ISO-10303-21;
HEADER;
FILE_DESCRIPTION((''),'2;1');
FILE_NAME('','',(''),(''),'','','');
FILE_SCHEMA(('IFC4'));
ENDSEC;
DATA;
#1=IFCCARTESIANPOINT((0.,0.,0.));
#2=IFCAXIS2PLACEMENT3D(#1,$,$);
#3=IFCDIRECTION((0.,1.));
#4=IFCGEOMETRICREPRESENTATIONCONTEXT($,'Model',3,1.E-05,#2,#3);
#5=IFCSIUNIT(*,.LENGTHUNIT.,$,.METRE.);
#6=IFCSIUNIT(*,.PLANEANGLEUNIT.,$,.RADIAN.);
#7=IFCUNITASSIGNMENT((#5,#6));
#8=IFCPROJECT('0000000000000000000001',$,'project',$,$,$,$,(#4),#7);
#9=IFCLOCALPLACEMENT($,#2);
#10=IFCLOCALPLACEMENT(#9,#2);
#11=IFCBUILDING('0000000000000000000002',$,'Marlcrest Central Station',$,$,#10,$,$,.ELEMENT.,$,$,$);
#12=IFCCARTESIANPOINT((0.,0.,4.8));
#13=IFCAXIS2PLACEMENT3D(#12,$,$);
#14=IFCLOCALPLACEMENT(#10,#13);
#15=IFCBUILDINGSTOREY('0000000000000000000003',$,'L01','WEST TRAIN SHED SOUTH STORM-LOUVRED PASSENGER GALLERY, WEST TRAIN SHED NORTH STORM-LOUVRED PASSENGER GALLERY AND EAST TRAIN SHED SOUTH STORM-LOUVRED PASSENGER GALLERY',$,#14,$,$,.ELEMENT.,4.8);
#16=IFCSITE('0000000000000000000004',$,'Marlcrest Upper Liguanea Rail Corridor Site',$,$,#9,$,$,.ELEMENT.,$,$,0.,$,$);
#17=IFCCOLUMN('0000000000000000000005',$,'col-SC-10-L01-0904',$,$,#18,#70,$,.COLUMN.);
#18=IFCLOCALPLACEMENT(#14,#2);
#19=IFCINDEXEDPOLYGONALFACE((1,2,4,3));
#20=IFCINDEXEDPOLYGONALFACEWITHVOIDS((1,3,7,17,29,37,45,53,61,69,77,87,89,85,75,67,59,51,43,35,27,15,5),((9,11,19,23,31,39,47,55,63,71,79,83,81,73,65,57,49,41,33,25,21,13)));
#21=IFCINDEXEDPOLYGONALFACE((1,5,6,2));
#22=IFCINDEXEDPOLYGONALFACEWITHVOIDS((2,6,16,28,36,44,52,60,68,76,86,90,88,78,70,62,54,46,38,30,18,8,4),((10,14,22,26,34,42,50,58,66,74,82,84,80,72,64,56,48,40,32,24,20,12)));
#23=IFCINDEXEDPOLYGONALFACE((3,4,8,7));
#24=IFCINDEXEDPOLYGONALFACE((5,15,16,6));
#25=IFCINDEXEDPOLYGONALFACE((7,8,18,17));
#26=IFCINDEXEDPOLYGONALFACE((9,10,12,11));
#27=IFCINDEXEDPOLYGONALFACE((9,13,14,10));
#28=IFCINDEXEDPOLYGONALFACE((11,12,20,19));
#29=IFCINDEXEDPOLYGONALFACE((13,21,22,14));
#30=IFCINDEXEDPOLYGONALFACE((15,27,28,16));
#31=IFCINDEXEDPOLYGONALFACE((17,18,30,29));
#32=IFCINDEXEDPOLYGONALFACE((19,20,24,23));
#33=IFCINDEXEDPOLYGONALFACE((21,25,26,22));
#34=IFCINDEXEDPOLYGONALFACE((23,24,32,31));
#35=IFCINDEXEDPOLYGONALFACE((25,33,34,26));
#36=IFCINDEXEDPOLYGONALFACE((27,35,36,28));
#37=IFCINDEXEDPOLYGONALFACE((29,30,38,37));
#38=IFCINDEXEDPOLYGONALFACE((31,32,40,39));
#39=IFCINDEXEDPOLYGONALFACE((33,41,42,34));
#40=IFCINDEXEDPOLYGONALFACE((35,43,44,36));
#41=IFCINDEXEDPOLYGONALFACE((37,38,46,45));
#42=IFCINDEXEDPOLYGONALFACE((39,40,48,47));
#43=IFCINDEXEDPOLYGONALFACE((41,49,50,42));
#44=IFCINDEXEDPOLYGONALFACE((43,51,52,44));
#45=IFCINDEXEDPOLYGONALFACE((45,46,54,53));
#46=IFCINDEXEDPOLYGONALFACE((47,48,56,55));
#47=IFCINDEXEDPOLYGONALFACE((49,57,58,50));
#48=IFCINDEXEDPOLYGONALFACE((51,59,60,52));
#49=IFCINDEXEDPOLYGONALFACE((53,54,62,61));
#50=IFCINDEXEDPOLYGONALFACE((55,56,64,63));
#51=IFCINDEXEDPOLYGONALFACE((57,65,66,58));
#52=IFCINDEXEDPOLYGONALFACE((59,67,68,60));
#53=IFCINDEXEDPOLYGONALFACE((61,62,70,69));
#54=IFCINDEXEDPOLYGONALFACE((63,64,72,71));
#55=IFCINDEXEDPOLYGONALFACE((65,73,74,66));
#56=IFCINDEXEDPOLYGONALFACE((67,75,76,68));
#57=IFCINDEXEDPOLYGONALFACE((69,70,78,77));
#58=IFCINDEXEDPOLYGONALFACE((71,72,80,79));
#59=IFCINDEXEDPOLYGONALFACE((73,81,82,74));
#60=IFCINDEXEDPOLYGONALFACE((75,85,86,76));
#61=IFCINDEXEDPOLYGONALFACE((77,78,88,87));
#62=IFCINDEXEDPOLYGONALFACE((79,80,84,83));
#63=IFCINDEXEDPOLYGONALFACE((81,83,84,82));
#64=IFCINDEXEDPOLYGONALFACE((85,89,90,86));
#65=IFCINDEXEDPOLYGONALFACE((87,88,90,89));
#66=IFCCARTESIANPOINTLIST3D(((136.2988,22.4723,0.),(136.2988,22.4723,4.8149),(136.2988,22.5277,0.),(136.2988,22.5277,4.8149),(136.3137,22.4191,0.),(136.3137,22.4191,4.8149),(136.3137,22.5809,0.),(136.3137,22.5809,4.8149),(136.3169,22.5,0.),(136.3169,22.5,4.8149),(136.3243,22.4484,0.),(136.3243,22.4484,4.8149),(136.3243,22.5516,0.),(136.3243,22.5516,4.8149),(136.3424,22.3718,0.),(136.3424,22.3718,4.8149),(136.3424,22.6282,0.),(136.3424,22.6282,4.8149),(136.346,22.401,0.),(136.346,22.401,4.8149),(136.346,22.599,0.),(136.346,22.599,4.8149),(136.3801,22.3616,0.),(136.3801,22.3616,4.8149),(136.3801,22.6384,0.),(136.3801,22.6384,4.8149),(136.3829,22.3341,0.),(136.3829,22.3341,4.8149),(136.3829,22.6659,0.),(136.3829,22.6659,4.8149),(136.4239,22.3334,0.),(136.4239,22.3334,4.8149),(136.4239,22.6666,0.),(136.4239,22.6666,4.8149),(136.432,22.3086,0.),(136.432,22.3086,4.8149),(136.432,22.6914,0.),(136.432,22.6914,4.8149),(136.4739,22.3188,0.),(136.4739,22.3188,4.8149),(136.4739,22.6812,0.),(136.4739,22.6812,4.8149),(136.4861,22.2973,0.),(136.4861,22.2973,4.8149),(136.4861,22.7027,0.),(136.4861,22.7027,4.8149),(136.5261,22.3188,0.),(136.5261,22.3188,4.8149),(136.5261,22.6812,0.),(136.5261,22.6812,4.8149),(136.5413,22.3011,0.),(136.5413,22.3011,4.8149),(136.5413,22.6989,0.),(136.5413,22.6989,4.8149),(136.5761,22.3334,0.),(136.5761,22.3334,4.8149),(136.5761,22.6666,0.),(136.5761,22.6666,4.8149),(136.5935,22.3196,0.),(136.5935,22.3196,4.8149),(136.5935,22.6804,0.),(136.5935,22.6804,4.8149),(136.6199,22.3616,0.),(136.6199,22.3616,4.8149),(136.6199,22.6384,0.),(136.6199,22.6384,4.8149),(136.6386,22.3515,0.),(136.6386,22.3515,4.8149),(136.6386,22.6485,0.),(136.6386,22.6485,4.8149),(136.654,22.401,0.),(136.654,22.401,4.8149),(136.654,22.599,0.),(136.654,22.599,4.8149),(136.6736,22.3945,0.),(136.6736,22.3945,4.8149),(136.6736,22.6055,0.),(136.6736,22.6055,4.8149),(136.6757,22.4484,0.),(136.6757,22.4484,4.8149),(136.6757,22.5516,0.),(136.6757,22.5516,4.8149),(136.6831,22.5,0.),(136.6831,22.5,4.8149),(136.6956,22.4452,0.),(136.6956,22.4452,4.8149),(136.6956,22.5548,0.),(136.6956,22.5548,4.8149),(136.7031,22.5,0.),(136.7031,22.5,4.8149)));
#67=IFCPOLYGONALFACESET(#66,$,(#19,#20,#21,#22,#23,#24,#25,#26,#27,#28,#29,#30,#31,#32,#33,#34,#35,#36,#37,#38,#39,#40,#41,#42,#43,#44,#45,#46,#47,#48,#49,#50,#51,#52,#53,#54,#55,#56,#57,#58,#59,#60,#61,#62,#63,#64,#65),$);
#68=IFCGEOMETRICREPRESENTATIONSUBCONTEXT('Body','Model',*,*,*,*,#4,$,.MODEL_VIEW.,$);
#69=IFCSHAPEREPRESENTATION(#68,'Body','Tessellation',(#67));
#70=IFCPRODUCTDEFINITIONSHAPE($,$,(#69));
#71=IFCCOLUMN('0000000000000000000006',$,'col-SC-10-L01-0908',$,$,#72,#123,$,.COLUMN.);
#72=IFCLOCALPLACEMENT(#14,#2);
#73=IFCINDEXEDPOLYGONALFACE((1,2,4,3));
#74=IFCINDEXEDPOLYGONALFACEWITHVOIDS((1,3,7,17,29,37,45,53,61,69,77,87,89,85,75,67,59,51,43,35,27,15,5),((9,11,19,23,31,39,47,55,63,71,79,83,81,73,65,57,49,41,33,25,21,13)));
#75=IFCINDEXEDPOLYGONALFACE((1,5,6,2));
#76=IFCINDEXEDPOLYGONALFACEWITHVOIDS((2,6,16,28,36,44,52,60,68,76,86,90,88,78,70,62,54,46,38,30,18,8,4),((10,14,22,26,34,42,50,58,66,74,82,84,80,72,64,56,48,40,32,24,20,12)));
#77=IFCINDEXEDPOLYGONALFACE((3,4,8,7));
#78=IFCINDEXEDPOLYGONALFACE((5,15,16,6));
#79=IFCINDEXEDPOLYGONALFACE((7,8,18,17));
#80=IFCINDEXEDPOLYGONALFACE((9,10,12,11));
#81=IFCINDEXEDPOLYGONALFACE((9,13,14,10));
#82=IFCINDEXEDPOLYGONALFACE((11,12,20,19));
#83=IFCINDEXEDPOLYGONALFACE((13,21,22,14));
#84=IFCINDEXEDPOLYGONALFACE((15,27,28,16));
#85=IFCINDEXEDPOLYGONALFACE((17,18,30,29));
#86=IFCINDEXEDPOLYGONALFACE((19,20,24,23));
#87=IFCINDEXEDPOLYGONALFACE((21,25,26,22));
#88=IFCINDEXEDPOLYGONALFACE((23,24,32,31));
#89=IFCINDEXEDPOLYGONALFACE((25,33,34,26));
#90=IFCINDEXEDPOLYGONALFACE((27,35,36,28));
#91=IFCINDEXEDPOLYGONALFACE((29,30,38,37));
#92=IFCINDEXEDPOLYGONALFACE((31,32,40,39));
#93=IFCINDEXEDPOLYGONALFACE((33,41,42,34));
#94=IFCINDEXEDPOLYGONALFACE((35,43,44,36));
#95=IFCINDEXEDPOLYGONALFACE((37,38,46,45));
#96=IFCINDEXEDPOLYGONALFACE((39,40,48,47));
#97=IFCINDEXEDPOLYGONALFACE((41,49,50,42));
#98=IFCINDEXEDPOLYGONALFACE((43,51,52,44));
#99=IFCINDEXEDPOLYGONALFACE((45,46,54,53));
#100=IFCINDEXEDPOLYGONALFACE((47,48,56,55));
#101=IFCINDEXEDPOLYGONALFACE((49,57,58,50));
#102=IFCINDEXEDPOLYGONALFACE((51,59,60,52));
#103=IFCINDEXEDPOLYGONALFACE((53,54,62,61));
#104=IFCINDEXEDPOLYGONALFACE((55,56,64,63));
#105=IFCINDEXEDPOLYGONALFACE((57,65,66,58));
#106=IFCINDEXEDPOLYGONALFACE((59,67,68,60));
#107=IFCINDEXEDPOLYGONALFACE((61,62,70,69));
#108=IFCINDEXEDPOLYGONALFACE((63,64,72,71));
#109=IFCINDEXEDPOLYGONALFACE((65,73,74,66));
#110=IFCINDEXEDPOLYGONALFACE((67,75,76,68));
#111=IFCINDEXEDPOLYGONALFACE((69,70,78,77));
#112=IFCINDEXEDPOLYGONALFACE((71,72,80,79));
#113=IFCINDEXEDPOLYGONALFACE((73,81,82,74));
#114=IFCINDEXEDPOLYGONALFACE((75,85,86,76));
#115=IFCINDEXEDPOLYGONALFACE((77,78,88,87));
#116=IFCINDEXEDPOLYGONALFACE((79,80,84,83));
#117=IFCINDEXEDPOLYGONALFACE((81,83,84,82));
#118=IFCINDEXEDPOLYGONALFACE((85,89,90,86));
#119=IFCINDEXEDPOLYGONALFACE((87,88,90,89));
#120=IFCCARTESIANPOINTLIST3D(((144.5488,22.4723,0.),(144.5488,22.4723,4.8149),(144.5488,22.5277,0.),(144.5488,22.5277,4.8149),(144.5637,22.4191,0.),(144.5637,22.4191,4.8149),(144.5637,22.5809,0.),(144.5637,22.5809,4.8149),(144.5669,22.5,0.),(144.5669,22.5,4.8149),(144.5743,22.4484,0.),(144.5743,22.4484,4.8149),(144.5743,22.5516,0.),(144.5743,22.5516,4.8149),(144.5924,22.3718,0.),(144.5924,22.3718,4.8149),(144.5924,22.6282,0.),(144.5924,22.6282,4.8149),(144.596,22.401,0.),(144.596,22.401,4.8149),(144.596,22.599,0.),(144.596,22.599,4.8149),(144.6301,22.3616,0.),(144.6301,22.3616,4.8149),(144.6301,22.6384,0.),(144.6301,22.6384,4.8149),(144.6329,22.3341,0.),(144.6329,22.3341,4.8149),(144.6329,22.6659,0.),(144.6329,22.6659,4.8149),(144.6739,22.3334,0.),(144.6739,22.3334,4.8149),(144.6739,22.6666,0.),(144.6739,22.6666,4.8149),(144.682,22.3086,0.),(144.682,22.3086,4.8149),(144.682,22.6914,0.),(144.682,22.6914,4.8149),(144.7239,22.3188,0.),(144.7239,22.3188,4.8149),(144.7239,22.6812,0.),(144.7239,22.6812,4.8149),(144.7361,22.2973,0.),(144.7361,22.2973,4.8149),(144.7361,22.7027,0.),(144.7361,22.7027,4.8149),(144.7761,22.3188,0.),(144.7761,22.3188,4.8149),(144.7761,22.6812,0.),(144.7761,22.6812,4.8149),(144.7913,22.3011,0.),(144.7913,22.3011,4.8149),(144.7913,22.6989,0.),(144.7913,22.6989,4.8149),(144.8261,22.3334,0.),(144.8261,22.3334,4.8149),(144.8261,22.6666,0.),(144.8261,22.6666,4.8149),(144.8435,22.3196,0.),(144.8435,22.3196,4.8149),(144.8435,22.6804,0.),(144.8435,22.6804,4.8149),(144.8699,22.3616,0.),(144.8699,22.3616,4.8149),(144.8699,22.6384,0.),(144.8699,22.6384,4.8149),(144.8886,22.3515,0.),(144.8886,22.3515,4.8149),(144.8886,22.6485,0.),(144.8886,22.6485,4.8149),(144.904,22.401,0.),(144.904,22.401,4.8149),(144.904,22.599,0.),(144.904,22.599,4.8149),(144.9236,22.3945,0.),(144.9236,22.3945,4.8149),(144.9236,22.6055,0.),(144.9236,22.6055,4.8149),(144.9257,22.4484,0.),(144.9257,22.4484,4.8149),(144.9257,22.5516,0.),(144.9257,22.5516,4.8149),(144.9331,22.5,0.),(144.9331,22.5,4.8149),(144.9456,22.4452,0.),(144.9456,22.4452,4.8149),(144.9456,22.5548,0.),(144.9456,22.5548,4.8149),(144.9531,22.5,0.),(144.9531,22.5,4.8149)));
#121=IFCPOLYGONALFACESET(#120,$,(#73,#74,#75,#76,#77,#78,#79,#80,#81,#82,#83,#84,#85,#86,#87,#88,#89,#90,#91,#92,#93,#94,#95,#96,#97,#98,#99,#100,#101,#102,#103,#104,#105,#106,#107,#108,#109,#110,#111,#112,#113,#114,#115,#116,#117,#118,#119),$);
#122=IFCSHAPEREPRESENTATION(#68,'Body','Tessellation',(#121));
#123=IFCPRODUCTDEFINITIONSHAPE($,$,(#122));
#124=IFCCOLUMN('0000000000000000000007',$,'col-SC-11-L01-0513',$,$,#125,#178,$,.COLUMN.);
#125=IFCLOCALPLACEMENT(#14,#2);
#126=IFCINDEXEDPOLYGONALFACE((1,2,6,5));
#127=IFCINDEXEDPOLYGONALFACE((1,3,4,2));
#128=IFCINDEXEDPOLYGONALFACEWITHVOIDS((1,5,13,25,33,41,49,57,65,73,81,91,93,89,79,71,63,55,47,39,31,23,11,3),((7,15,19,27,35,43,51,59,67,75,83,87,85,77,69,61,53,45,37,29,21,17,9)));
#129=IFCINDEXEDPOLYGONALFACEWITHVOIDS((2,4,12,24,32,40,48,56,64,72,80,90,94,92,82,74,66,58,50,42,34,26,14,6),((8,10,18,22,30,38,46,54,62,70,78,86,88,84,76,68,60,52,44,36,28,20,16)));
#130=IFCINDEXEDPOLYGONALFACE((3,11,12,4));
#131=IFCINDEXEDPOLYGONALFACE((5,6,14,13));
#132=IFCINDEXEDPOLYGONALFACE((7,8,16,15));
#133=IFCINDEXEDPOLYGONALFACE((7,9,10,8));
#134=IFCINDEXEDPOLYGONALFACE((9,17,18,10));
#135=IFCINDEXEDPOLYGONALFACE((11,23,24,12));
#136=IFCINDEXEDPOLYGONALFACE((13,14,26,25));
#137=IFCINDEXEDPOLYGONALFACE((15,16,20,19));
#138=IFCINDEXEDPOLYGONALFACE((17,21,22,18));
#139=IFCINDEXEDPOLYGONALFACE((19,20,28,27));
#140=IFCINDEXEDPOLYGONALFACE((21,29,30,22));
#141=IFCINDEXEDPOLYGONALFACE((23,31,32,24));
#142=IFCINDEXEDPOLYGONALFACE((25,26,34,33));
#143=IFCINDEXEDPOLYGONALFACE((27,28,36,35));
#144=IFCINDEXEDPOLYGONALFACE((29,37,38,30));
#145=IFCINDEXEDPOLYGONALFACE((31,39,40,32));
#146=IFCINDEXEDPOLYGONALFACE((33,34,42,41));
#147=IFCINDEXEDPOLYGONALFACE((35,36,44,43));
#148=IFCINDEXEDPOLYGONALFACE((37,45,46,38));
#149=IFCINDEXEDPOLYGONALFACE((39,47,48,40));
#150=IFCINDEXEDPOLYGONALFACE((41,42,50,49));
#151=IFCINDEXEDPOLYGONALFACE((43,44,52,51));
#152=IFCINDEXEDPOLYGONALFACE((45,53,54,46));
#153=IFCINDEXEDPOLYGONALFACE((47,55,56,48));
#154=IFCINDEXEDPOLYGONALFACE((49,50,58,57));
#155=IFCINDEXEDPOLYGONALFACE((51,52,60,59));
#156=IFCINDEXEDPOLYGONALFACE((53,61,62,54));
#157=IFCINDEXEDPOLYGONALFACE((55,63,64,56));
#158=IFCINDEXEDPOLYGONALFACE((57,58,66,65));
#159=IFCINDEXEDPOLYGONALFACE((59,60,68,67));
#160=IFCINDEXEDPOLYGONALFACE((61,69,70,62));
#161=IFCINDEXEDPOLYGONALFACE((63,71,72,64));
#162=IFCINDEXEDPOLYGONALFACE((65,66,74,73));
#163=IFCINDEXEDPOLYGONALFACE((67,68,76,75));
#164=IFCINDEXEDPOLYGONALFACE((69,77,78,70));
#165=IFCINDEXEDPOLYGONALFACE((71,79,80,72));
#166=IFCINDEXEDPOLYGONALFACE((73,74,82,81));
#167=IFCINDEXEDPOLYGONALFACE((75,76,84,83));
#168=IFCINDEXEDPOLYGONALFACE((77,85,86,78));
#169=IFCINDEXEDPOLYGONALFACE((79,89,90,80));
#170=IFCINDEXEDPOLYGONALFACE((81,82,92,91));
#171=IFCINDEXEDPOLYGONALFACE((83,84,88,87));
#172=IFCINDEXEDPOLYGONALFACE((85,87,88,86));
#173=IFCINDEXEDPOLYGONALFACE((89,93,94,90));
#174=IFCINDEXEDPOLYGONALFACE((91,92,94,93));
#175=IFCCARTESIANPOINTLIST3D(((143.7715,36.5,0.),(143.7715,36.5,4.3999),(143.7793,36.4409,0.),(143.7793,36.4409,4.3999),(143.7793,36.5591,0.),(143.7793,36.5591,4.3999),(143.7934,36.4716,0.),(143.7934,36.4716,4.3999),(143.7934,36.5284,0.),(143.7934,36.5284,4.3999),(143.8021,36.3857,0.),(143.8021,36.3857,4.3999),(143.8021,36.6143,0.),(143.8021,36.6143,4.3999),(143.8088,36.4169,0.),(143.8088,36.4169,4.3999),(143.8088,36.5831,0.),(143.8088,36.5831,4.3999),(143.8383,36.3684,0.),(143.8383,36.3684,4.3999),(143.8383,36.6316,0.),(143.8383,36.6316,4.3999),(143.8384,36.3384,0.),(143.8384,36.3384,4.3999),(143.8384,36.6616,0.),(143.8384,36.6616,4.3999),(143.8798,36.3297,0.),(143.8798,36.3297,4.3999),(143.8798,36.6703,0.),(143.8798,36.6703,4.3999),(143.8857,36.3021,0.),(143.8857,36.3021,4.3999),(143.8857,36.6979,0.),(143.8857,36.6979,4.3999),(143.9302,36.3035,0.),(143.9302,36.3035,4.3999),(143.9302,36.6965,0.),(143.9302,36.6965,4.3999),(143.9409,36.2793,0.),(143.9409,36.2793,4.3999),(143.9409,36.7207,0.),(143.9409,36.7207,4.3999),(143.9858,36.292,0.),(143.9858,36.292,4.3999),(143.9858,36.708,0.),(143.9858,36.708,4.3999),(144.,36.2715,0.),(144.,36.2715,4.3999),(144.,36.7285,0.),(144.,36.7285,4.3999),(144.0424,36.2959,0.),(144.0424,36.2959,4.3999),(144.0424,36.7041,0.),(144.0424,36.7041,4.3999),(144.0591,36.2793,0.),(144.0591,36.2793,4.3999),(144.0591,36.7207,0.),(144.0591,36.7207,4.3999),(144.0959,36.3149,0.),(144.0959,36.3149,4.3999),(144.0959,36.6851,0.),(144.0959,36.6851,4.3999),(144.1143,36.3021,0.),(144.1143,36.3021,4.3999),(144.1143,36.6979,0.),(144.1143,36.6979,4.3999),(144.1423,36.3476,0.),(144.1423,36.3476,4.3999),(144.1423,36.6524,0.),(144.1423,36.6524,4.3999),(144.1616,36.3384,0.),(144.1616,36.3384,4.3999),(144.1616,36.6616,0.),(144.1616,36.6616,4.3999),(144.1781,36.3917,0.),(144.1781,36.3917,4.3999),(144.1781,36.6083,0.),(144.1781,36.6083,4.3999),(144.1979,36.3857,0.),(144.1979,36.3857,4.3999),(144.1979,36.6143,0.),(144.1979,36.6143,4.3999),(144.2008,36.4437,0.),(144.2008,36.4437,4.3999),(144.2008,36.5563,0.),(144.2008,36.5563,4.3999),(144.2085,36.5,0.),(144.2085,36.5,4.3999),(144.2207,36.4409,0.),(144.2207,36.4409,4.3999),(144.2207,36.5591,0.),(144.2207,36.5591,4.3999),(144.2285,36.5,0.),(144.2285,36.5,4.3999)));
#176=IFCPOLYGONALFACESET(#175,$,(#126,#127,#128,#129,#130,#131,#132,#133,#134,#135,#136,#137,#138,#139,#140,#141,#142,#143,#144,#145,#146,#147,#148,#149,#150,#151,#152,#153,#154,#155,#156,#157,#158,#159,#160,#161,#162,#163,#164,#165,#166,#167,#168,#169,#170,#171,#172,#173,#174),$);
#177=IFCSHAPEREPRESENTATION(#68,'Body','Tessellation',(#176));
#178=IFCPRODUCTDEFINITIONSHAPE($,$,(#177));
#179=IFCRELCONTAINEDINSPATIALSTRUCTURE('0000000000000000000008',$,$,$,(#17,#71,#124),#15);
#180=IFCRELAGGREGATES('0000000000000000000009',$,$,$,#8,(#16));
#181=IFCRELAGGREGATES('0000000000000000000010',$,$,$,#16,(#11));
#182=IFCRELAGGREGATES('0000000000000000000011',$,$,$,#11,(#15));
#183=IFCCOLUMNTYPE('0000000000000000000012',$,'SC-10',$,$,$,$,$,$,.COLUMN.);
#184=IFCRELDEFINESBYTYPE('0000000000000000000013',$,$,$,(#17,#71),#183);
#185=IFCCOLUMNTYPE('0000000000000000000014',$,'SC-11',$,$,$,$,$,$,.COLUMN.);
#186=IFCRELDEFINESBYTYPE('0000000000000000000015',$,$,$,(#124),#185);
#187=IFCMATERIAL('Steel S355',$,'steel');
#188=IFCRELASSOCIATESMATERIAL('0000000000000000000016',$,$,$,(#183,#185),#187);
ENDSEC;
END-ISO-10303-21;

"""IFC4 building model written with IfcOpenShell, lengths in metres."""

from ifc_helpers import new_model, si_unit, direction, frame, origin, origin_2d, place, context, subcontext, project, spatial, hollow_circle, extrude, material, material_profile, profile_set, type_object, element, save


model = new_model("IFC4")

# Units and contexts
model_context = context("Model", 3, precision=1e-05, world=origin(), true_north=direction((0.0, 1.0)))
body_context = subcontext(model_context, "Body", "Model", "MODEL_VIEW")
ifc_project = project(units=[si_unit("LENGTHUNIT", "METRE"), si_unit("PLANEANGLEUNIT", "RADIAN")], contexts=[model_context])

# Site, building, storey
site_placement = place(None, origin())
site = spatial("IfcSite", under=ifc_project, at=site_placement, Name="Marlcrest Upper Liguanea Rail Corridor Site", CompositionType="ELEMENT", RefElevation=0.0)
building_placement = place(site_placement, origin())
building = spatial("IfcBuilding", under=site, at=building_placement, Name="Marlcrest Central Station", CompositionType="ELEMENT")
storey_placement = place(building_placement, frame((0.0, 0.0, 4.8)))
storey = spatial("IfcBuildingStorey", under=building, at=storey_placement, Name="L01", Description="WEST TRAIN SHED SOUTH STORM-LOUVRED PASSENGER GALLERY, WEST TRAIN SHED NORTH STORM-LOUVRED PASSENGER GALLERY AND EAST TRAIN SHED SOUTH STORM-LOUVRED PASSENGER GALLERY", CompositionType="ELEMENT", Elevation=4.8)

# Columns
ifc_material_1 = material(Name="Steel S355", Category="steel")
ifc_material_profile_1 = material_profile(ifc_material_1, hollow_circle(Radius=0.2031, WallThickness=0.02, at=origin_2d()), Name="CHS 406.4x20")
ifc_profile_set_1 = profile_set([ifc_material_profile_1], Name="Steel S355")
column_type_1 = type_object("IfcColumnType", Name="SC-10", PredefinedType="COLUMN", material=ifc_profile_set_1)
for number, where, z_axis, x_axis, name in (
    (1, (136.5, 22.5, 0.0), (0.0, 0.0, 1.0), (1.0, 0.0, 0.0), "col-SC-10-L01-0904"),
    (2, (144.75, 22.5, 0.0), (0.0, 0.0, 1.0), (1.0, 0.0, 0.0), "col-SC-10-L01-0908"),
):
    element("IfcColumn", number, at=place(storey_placement, frame(where, z_axis=z_axis, x_axis=x_axis)), inside=storey, type_object=column_type_1, Name=name, PredefinedType="COLUMN", context=body_context, shape_type="SweptSolid", body=[
        extrude(hollow_circle(Radius=0.2031, WallThickness=0.02, at=origin_2d()), origin(), (0.0, 0.0, 1.0), 4.8149),
    ])
ifc_material_profile_2 = material_profile(ifc_material_1, hollow_circle(Radius=0.2285, WallThickness=0.02, at=origin_2d()), Name="CHS 457x20")
ifc_profile_set_2 = profile_set([ifc_material_profile_2], Name="Steel S355")
column_type_2 = type_object("IfcColumnType", Name="SC-11", PredefinedType="COLUMN", material=ifc_profile_set_2)
column_placement = place(storey_placement, frame((144.0, 36.5, 0.0), z_axis=(0.0, 0.0, 1.0), x_axis=(1.0, 0.0, 0.0)))
element("IfcColumn", 3, at=column_placement, inside=storey, type_object=column_type_2, Name="col-SC-11-L01-0513", PredefinedType="COLUMN", context=body_context, shape_type="SweptSolid", body=[
    extrude(hollow_circle(Radius=0.2285, WallThickness=0.02, at=origin_2d()), origin(), (0.0, 0.0, 1.0), 4.3999),
])

save(model, "model.ifc")
